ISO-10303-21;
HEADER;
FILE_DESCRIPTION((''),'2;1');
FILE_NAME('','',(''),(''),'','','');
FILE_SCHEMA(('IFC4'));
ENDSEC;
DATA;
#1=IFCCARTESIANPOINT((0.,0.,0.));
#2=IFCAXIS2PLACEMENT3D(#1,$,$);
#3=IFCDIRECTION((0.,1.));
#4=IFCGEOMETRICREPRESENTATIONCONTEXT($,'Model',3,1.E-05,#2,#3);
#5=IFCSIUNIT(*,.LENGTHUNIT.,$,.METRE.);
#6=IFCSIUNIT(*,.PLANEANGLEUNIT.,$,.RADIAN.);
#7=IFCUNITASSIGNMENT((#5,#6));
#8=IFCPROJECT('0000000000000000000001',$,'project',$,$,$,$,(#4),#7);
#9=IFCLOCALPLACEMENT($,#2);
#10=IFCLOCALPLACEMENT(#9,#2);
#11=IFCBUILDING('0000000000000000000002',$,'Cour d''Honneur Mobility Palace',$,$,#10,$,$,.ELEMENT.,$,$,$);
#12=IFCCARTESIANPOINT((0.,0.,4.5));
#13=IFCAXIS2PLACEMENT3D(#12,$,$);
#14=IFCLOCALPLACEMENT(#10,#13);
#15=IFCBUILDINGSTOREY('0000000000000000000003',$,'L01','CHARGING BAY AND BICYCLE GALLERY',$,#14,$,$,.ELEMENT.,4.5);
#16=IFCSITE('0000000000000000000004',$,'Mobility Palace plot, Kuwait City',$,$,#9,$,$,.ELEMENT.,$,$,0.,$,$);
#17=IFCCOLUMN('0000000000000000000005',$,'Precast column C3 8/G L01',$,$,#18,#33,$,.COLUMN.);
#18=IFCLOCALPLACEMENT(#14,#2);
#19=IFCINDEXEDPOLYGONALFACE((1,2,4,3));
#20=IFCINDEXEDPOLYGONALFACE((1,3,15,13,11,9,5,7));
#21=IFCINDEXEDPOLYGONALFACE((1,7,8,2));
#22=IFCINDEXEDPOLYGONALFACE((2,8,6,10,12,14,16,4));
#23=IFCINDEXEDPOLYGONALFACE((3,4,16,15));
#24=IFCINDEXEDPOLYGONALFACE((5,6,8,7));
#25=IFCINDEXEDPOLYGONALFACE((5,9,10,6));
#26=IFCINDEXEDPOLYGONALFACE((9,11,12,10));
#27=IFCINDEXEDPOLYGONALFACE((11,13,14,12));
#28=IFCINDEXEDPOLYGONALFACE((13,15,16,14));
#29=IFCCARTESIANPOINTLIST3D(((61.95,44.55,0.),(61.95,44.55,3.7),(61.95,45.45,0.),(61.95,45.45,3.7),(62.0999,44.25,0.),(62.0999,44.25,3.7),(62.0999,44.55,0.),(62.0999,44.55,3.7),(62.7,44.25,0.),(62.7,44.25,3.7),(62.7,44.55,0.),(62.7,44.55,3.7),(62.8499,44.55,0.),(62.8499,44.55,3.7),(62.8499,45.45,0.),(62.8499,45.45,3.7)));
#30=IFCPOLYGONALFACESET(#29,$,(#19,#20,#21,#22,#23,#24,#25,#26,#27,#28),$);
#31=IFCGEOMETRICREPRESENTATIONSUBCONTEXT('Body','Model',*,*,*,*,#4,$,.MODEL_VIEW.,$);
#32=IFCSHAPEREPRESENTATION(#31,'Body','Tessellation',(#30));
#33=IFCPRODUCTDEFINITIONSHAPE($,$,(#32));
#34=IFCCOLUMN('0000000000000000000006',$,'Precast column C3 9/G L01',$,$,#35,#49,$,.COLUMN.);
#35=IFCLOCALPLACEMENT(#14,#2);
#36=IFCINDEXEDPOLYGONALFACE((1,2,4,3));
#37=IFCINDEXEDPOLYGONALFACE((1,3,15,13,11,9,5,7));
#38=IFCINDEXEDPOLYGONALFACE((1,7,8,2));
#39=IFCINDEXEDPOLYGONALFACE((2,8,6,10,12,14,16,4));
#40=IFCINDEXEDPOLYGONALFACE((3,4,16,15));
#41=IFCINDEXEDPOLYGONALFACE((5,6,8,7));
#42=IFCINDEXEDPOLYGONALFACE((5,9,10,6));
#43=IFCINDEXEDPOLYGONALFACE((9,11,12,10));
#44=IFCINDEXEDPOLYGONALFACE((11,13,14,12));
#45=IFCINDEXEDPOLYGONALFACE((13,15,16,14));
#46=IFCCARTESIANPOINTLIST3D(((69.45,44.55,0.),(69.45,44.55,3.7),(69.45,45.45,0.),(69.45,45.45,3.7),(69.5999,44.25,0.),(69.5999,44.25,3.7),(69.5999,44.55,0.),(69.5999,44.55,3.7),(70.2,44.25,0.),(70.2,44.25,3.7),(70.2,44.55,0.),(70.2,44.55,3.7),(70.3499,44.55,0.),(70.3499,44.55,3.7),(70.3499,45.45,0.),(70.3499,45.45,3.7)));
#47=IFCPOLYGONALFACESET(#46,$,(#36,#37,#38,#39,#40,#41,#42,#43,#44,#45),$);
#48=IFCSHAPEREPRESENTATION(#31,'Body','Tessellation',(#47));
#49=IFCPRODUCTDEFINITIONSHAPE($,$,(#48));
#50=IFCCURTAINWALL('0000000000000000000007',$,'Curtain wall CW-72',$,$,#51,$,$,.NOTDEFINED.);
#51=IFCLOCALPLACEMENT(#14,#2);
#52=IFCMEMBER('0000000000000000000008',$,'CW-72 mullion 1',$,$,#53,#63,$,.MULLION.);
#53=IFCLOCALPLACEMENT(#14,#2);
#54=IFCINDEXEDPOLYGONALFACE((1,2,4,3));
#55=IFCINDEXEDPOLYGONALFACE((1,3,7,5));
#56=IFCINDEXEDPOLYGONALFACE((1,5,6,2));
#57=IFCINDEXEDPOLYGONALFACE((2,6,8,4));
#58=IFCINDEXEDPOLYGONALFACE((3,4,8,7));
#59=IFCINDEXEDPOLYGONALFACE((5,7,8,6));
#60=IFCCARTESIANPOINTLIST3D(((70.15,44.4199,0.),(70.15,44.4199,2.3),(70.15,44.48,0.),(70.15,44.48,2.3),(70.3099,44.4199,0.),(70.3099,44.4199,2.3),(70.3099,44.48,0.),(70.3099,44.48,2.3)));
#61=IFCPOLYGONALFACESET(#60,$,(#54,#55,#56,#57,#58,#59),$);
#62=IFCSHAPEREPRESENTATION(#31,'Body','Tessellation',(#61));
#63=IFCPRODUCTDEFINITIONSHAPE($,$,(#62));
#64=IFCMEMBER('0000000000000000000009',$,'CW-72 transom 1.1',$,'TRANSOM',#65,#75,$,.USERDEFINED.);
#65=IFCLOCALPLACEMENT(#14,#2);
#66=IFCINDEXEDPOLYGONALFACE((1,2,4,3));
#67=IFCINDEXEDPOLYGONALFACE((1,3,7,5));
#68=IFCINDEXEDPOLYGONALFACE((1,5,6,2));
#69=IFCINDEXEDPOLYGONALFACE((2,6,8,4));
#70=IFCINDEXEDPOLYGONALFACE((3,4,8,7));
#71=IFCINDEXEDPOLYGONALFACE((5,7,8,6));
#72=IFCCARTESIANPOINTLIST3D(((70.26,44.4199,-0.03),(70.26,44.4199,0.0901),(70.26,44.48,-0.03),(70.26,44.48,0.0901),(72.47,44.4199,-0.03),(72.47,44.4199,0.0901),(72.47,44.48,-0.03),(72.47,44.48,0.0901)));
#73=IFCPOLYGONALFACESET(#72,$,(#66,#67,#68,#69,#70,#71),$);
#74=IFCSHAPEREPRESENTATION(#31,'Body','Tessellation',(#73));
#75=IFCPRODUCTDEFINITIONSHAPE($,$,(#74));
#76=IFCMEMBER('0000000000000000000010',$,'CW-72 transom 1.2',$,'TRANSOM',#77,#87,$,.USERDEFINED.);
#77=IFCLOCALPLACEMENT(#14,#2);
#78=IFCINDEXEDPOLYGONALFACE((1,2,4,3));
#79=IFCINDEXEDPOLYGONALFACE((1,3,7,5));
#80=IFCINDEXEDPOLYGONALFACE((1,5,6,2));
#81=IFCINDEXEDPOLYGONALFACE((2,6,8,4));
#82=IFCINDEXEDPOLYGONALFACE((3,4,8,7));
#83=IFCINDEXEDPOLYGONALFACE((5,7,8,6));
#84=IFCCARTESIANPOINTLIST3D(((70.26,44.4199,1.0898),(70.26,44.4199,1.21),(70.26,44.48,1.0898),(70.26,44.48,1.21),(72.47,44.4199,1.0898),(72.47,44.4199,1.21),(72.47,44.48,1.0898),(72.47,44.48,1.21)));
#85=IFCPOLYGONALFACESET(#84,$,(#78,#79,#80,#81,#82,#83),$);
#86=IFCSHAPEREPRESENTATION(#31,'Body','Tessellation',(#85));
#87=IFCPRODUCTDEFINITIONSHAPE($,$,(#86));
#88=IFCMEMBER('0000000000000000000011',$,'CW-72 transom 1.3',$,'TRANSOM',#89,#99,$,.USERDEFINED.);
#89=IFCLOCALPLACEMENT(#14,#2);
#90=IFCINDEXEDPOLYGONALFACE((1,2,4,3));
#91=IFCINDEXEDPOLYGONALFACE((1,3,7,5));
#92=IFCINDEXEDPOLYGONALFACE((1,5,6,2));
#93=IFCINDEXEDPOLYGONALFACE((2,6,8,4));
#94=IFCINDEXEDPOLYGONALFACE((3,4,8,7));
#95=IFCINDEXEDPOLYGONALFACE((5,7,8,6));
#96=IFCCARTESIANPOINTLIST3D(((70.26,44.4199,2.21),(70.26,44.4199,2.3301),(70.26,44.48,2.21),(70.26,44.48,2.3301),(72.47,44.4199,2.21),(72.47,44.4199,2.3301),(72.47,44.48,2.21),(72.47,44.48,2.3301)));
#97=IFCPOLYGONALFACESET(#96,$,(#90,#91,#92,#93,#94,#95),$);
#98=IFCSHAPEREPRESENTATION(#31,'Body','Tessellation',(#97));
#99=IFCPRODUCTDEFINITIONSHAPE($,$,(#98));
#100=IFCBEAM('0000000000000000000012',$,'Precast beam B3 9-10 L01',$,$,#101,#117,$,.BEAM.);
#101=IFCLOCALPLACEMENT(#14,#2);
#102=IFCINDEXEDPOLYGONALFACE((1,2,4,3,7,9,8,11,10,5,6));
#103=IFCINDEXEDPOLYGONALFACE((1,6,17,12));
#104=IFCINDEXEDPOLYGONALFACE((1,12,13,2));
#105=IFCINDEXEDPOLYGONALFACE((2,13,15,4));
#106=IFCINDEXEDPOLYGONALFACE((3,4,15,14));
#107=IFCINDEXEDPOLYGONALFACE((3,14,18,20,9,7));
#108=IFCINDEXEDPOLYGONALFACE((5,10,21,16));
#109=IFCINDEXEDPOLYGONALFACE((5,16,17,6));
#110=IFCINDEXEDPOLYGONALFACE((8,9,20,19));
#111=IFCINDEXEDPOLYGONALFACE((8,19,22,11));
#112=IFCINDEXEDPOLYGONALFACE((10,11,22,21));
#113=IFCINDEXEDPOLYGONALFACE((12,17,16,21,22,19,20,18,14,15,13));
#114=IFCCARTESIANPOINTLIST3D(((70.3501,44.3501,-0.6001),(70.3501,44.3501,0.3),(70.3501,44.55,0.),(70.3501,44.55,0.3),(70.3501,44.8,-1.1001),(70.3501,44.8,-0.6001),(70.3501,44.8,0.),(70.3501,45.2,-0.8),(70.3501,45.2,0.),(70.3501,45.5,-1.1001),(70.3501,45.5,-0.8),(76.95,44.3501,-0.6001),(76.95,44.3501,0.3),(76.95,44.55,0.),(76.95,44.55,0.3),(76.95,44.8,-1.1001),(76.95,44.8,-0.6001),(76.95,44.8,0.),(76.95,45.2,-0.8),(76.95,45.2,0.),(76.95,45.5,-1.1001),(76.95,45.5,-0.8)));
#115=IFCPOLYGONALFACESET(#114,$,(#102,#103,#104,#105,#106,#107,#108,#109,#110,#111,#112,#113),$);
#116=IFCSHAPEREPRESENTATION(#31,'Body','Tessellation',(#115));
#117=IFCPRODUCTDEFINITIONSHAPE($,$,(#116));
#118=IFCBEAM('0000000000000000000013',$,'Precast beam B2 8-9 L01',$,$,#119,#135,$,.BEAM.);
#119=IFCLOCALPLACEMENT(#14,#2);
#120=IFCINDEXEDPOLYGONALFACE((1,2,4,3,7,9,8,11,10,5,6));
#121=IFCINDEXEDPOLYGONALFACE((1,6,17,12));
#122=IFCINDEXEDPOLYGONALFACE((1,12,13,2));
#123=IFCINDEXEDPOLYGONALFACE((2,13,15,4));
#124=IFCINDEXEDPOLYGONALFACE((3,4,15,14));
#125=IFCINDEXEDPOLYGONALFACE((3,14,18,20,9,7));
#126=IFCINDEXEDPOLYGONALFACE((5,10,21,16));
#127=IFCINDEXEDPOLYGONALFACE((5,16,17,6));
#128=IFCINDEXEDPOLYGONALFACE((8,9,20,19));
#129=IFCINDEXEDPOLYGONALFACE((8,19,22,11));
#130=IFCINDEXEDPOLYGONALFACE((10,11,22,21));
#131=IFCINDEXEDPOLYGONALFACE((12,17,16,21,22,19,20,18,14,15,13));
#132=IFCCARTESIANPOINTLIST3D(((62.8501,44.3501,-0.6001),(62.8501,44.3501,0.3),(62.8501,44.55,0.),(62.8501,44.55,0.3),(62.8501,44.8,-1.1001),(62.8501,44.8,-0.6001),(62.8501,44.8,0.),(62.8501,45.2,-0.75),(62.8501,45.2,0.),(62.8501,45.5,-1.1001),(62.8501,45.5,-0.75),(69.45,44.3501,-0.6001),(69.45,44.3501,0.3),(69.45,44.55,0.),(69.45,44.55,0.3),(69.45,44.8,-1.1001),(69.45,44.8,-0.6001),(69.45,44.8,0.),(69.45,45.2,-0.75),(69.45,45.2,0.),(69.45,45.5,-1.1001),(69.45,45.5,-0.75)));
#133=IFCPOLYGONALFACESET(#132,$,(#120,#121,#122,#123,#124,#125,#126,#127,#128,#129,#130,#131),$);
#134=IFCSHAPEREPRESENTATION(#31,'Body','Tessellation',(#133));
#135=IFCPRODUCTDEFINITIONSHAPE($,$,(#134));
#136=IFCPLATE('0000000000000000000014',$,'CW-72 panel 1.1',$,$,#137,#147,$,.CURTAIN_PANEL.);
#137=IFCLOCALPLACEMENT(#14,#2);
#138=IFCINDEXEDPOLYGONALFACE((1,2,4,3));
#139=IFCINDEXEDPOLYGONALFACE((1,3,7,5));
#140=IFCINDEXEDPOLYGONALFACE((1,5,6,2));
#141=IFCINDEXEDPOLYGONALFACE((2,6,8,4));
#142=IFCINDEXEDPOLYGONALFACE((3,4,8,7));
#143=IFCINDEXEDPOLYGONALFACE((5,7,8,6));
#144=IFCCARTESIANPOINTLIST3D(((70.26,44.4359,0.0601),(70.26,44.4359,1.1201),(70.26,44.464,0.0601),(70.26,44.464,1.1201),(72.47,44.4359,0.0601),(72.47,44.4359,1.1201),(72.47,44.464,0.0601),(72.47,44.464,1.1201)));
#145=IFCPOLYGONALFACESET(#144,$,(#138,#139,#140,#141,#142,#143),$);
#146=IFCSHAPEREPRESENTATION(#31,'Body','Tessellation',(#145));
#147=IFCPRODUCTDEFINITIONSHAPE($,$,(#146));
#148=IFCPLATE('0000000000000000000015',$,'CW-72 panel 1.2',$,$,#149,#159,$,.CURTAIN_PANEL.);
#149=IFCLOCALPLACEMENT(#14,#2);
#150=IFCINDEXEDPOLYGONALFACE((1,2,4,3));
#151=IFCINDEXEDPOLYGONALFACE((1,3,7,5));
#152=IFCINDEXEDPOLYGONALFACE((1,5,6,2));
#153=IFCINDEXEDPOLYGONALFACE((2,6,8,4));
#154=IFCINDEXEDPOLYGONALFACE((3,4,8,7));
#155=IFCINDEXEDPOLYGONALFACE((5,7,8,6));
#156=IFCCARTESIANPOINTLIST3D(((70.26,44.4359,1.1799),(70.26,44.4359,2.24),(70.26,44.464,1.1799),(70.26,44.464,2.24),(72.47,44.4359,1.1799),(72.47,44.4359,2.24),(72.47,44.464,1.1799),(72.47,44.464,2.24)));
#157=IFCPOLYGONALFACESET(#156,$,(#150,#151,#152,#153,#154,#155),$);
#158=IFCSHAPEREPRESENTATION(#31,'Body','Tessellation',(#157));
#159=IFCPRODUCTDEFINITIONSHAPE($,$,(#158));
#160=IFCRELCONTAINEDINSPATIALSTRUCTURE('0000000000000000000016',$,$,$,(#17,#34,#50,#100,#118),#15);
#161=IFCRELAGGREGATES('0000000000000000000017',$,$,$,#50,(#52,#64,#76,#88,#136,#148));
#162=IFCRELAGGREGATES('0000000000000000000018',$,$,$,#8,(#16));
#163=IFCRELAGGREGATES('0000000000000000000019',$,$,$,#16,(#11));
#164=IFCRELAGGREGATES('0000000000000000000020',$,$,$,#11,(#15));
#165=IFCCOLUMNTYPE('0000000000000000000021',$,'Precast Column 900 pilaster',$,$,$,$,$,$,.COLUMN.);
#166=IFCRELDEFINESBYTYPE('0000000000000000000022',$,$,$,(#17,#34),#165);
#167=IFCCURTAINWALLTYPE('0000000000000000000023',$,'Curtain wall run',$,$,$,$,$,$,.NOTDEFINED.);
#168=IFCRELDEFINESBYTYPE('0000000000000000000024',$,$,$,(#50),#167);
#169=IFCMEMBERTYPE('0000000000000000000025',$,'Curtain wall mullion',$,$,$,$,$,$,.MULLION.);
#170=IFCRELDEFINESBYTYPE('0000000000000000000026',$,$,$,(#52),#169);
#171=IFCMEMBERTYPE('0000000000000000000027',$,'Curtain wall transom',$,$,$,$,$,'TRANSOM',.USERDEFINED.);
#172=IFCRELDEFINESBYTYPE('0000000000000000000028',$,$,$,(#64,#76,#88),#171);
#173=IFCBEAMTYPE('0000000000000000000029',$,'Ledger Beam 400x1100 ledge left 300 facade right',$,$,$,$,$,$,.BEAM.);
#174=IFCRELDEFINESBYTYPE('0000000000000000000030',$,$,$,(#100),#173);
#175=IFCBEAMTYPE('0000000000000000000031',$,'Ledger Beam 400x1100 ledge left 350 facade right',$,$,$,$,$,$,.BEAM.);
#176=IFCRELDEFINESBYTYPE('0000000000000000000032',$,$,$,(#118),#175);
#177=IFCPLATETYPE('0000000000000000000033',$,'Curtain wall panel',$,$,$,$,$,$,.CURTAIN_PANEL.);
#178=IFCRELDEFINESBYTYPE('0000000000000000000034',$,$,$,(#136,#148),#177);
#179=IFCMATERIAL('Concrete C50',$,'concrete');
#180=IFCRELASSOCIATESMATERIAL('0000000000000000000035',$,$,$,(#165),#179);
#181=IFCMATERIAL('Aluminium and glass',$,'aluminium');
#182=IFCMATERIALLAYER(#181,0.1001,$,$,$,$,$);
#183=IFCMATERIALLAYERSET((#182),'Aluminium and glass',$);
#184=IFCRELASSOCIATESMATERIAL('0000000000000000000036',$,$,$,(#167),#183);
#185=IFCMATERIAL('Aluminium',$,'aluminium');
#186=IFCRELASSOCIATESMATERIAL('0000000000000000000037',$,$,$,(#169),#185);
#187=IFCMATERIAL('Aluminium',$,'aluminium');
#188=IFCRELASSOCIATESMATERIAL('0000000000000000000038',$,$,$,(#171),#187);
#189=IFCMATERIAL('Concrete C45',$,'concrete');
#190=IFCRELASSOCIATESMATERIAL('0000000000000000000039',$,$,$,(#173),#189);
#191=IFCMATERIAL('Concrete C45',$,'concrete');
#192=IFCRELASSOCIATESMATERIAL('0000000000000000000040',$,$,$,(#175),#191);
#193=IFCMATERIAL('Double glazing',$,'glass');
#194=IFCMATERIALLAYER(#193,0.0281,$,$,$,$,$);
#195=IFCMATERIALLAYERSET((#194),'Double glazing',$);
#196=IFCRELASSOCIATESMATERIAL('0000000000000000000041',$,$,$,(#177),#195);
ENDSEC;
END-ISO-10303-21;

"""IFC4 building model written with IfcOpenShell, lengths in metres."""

from ifc_helpers import new_model, si_unit, direction, frame, origin, origin_2d, place, context, subcontext, project, spatial, polyline, rectangle, outline, extrude, material, layer, layer_set, material_profile, profile_set, type_object, element, aggregate, save


model = new_model("IFC4")

# Units and contexts
model_context = context("Model", 3, precision=1e-05, world=origin(), true_north=direction((0.0, 1.0)))
body_context = subcontext(model_context, "Body", "Model", "MODEL_VIEW")
ifc_project = project(units=[si_unit("LENGTHUNIT", "METRE"), si_unit("PLANEANGLEUNIT", "RADIAN")], contexts=[model_context])

# Site, building, storey
site_placement = place(None, origin())
site = spatial("IfcSite", under=ifc_project, at=site_placement, Name="Mobility Palace plot, Kuwait City", CompositionType="ELEMENT", RefElevation=0.0)
building_placement = place(site_placement, origin())
building = spatial("IfcBuilding", under=site, at=building_placement, Name="Cour d'Honneur Mobility Palace", CompositionType="ELEMENT")
storey_placement = place(building_placement, frame((0.0, 0.0, 4.5)))
storey = spatial("IfcBuildingStorey", under=building, at=storey_placement, Name="L01", Description="CHARGING BAY AND BICYCLE GALLERY", CompositionType="ELEMENT", Elevation=4.5)

# Columns
ifc_material_1 = material(Name="Concrete C50", Category="concrete")
ifc_material_profile_1 = material_profile(ifc_material_1, outline(polyline([(-0.45, -0.45), (0.45, -0.45), (0.45, -0.3), (0.75, -0.3), (0.75, 0.3), (0.45, 0.3), (0.45, 0.45), (-0.45, 0.45), (-0.45, -0.45)])), Name="PC C900 pilaster")
ifc_profile_set_1 = profile_set([ifc_material_profile_1], Name="Concrete C50")
column_type = type_object("IfcColumnType", Name="Precast Column 900 pilaster", PredefinedType="COLUMN", material=ifc_profile_set_1)
for number, where, z_axis, x_axis, name in (
    (1, (62.3999, 45.0, 0.0), (0.0, 0.0, 1.0), (0.0, -1.0, 0.0), "Precast column C3 8/G L01"),
    (2, (69.8999, 45.0, 0.0), (0.0, 0.0, 1.0), (0.0, -1.0, 0.0), "Precast column C3 9/G L01"),
):
    element("IfcColumn", number, at=place(storey_placement, frame(where, z_axis=z_axis, x_axis=x_axis)), inside=storey, type_object=column_type, Name=name, PredefinedType="COLUMN", context=body_context, shape_type="SweptSolid", body=[
        extrude(outline(polyline([(-0.45, -0.45), (0.45, -0.45), (0.45, -0.3), (0.75, -0.3), (0.75, 0.3), (0.45, 0.3), (0.45, 0.45), (-0.45, 0.45), (-0.45, -0.45)])), origin(), (0.0, 0.0, 1.0), 3.7),
    ])

# Curtain wall, members
ifc_material_2 = material(Name="Aluminium and glass", Category="aluminium")
ifc_layer_1 = layer(ifc_material_2, 0.1001)
ifc_layer_set_1 = layer_set([ifc_layer_1], Name="Aluminium and glass")
curtain_wall_type = type_object("IfcCurtainWallType", Name="Curtain wall run", PredefinedType="NOTDEFINED", material=ifc_layer_set_1)
curtain_wall_placement = place(storey_placement, origin())
curtain_wall = element("IfcCurtainWall", 3, at=curtain_wall_placement, inside=storey, type_object=curtain_wall_type, Name="Curtain wall CW-72", PredefinedType="NOTDEFINED")
ifc_material_3 = material(Name="Aluminium", Category="aluminium")
ifc_material_profile_2 = material_profile(ifc_material_3, rectangle(XDim=0.0601, YDim=0.1599, at=origin_2d()), Name="Curtain wall mullion")
ifc_profile_set_2 = profile_set([ifc_material_profile_2], Name="Aluminium")
member_type_1 = type_object("IfcMemberType", Name="Curtain wall mullion", PredefinedType="MULLION", material=ifc_profile_set_2)
member_1_placement = place(storey_placement, frame((70.23, 44.45, 0.0), z_axis=(0.0, 0.0, 1.0), x_axis=(0.0, 1.0, 0.0)))
member_1 = element("IfcMember", 4, at=member_1_placement, type_object=member_type_1, Name="CW-72 mullion 1", PredefinedType="MULLION", context=body_context, shape_type="SweptSolid", body=[
    extrude(rectangle(XDim=0.0601, YDim=0.1599, at=origin_2d()), origin(), (0.0, 0.0, 1.0), 2.3),
])
ifc_material_4 = material(Name="Aluminium", Category="aluminium")
ifc_material_profile_3 = material_profile(ifc_material_4, rectangle(XDim=0.0601, YDim=0.1201, at=origin_2d()), Name="Curtain wall transom")
ifc_profile_set_3 = profile_set([ifc_material_profile_3], Name="Aluminium")
member_type_2 = type_object("IfcMemberType", Name="Curtain wall transom", ElementType="TRANSOM", PredefinedType="USERDEFINED", material=ifc_profile_set_3)
member_2_placement = place(storey_placement, frame((70.26, 44.45, 0.03), z_axis=(1.0, 0.0, 0.0), x_axis=(0.0, 1.0, 0.0)))
member_2 = element("IfcMember", 5, at=member_2_placement, type_object=member_type_2, Name="CW-72 transom 1.1", ObjectType="TRANSOM", PredefinedType="USERDEFINED", context=body_context, shape_type="SweptSolid", body=[
    extrude(rectangle(XDim=0.0601, YDim=0.1201, at=origin_2d()), origin(), (0.0, 0.0, 1.0), 2.21),
])
member_3_placement = place(storey_placement, frame((70.26, 44.45, 1.1499), z_axis=(1.0, 0.0, 0.0), x_axis=(0.0, 1.0, 0.0)))
member_3 = element("IfcMember", 6, at=member_3_placement, type_object=member_type_2, Name="CW-72 transom 1.2", ObjectType="TRANSOM", PredefinedType="USERDEFINED", context=body_context, shape_type="SweptSolid", body=[
    extrude(rectangle(XDim=0.0601, YDim=0.1201, at=origin_2d()), origin(), (0.0, 0.0, 1.0), 2.21),
])
member_4_placement = place(storey_placement, frame((70.26, 44.45, 2.27), z_axis=(1.0, 0.0, 0.0), x_axis=(0.0, 1.0, 0.0)))
member_4 = element("IfcMember", 7, at=member_4_placement, type_object=member_type_2, Name="CW-72 transom 1.3", ObjectType="TRANSOM", PredefinedType="USERDEFINED", context=body_context, shape_type="SweptSolid", body=[
    extrude(rectangle(XDim=0.0601, YDim=0.1201, at=origin_2d()), origin(), (0.0, 0.0, 1.0), 2.21),
])

# Beams
ifc_material_5 = material(Name="Concrete C45", Category="concrete")
ifc_material_profile_4 = material_profile(ifc_material_5, outline(polyline([(0.5, -1.1001), (0.5, -0.8), (0.2, -0.8), (0.2, 0.0), (-0.2, 0.0), (-0.45, 0.0), (-0.45, 0.3), (-0.6499, 0.3), (-0.6499, -0.6001), (-0.2, -0.6001), (-0.2, -1.1001), (0.5, -1.1001)])), Name="Ledger Beam 400x1100 ledge left 300 facade right")
ifc_profile_set_4 = profile_set([ifc_material_profile_4], Name="Concrete C45")
beam_type_1 = type_object("IfcBeamType", Name="Ledger Beam 400x1100 ledge left 300 facade right", PredefinedType="BEAM", material=ifc_profile_set_4)
beam_1_placement = place(storey_placement, frame((70.3501, 45.0, 0.0), z_axis=(1.0, 0.0, 0.0), x_axis=(0.0, 1.0, 0.0)))
element("IfcBeam", 8, at=beam_1_placement, inside=storey, type_object=beam_type_1, Name="Precast beam B3 9-10 L01", PredefinedType="BEAM", context=body_context, shape_type="SweptSolid", body=[
    extrude(outline(polyline([(0.5, -1.1001), (0.5, -0.8), (0.2, -0.8), (0.2, 0.0), (-0.2, 0.0), (-0.45, 0.0), (-0.45, 0.3), (-0.6499, 0.3), (-0.6499, -0.6001), (-0.2, -0.6001), (-0.2, -1.1001), (0.5, -1.1001)])), origin(), (0.0, 0.0, 1.0), 6.5999),
])
ifc_material_6 = material(Name="Concrete C45", Category="concrete")
ifc_material_profile_5 = material_profile(ifc_material_6, outline(polyline([(0.5, -1.1001), (0.5, -0.75), (0.2, -0.75), (0.2, 0.0), (-0.2, 0.0), (-0.45, 0.0), (-0.45, 0.3), (-0.6499, 0.3), (-0.6499, -0.6001), (-0.2, -0.6001), (-0.2, -1.1001), (0.5, -1.1001)])), Name="Ledger Beam 400x1100 ledge left 350 facade right")
ifc_profile_set_5 = profile_set([ifc_material_profile_5], Name="Concrete C45")
beam_type_2 = type_object("IfcBeamType", Name="Ledger Beam 400x1100 ledge left 350 facade right", PredefinedType="BEAM", material=ifc_profile_set_5)
beam_2_placement = place(storey_placement, frame((62.8501, 45.0, 0.0), z_axis=(1.0, 0.0, 0.0), x_axis=(0.0, 1.0, 0.0)))
element("IfcBeam", 9, at=beam_2_placement, inside=storey, type_object=beam_type_2, Name="Precast beam B2 8-9 L01", PredefinedType="BEAM", context=body_context, shape_type="SweptSolid", body=[
    extrude(outline(polyline([(0.5, -1.1001), (0.5, -0.75), (0.2, -0.75), (0.2, 0.0), (-0.2, 0.0), (-0.45, 0.0), (-0.45, 0.3), (-0.6499, 0.3), (-0.6499, -0.6001), (-0.2, -0.6001), (-0.2, -1.1001), (0.5, -1.1001)])), origin(), (0.0, 0.0, 1.0), 6.5999),
])

# Plates
ifc_material_7 = material(Name="Double glazing", Category="glass")
ifc_layer_2 = layer(ifc_material_7, 0.0281)
ifc_layer_set_2 = layer_set([ifc_layer_2], Name="Double glazing")
plate_type = type_object("IfcPlateType", Name="Curtain wall panel", PredefinedType="CURTAIN_PANEL", material=ifc_layer_set_2)
plate_1_placement = place(storey_placement, frame((71.365, 44.45, 0.0601), z_axis=(0.0, 0.0, 1.0), x_axis=(1.0, 0.0, 0.0)))
plate_1 = element("IfcPlate", 10, at=plate_1_placement, type_object=plate_type, Name="CW-72 panel 1.1", PredefinedType="CURTAIN_PANEL", context=body_context, shape_type="SweptSolid", body=[
    extrude(rectangle(XDim=2.21, YDim=0.0281, at=origin_2d()), origin(), (0.0, 0.0, 1.0), 1.0601),
])
plate_2_placement = place(storey_placement, frame((71.365, 44.45, 1.1799), z_axis=(0.0, 0.0, 1.0), x_axis=(1.0, 0.0, 0.0)))
plate_2 = element("IfcPlate", 11, at=plate_2_placement, type_object=plate_type, Name="CW-72 panel 1.2", PredefinedType="CURTAIN_PANEL", context=body_context, shape_type="SweptSolid", body=[
    extrude(rectangle(XDim=2.21, YDim=0.0281, at=origin_2d()), origin(), (0.0, 0.0, 1.0), 1.0601),
])
aggregate(curtain_wall, [member_1, member_2, member_3, member_4, plate_1, plate_2])

save(model, "model.ifc")
